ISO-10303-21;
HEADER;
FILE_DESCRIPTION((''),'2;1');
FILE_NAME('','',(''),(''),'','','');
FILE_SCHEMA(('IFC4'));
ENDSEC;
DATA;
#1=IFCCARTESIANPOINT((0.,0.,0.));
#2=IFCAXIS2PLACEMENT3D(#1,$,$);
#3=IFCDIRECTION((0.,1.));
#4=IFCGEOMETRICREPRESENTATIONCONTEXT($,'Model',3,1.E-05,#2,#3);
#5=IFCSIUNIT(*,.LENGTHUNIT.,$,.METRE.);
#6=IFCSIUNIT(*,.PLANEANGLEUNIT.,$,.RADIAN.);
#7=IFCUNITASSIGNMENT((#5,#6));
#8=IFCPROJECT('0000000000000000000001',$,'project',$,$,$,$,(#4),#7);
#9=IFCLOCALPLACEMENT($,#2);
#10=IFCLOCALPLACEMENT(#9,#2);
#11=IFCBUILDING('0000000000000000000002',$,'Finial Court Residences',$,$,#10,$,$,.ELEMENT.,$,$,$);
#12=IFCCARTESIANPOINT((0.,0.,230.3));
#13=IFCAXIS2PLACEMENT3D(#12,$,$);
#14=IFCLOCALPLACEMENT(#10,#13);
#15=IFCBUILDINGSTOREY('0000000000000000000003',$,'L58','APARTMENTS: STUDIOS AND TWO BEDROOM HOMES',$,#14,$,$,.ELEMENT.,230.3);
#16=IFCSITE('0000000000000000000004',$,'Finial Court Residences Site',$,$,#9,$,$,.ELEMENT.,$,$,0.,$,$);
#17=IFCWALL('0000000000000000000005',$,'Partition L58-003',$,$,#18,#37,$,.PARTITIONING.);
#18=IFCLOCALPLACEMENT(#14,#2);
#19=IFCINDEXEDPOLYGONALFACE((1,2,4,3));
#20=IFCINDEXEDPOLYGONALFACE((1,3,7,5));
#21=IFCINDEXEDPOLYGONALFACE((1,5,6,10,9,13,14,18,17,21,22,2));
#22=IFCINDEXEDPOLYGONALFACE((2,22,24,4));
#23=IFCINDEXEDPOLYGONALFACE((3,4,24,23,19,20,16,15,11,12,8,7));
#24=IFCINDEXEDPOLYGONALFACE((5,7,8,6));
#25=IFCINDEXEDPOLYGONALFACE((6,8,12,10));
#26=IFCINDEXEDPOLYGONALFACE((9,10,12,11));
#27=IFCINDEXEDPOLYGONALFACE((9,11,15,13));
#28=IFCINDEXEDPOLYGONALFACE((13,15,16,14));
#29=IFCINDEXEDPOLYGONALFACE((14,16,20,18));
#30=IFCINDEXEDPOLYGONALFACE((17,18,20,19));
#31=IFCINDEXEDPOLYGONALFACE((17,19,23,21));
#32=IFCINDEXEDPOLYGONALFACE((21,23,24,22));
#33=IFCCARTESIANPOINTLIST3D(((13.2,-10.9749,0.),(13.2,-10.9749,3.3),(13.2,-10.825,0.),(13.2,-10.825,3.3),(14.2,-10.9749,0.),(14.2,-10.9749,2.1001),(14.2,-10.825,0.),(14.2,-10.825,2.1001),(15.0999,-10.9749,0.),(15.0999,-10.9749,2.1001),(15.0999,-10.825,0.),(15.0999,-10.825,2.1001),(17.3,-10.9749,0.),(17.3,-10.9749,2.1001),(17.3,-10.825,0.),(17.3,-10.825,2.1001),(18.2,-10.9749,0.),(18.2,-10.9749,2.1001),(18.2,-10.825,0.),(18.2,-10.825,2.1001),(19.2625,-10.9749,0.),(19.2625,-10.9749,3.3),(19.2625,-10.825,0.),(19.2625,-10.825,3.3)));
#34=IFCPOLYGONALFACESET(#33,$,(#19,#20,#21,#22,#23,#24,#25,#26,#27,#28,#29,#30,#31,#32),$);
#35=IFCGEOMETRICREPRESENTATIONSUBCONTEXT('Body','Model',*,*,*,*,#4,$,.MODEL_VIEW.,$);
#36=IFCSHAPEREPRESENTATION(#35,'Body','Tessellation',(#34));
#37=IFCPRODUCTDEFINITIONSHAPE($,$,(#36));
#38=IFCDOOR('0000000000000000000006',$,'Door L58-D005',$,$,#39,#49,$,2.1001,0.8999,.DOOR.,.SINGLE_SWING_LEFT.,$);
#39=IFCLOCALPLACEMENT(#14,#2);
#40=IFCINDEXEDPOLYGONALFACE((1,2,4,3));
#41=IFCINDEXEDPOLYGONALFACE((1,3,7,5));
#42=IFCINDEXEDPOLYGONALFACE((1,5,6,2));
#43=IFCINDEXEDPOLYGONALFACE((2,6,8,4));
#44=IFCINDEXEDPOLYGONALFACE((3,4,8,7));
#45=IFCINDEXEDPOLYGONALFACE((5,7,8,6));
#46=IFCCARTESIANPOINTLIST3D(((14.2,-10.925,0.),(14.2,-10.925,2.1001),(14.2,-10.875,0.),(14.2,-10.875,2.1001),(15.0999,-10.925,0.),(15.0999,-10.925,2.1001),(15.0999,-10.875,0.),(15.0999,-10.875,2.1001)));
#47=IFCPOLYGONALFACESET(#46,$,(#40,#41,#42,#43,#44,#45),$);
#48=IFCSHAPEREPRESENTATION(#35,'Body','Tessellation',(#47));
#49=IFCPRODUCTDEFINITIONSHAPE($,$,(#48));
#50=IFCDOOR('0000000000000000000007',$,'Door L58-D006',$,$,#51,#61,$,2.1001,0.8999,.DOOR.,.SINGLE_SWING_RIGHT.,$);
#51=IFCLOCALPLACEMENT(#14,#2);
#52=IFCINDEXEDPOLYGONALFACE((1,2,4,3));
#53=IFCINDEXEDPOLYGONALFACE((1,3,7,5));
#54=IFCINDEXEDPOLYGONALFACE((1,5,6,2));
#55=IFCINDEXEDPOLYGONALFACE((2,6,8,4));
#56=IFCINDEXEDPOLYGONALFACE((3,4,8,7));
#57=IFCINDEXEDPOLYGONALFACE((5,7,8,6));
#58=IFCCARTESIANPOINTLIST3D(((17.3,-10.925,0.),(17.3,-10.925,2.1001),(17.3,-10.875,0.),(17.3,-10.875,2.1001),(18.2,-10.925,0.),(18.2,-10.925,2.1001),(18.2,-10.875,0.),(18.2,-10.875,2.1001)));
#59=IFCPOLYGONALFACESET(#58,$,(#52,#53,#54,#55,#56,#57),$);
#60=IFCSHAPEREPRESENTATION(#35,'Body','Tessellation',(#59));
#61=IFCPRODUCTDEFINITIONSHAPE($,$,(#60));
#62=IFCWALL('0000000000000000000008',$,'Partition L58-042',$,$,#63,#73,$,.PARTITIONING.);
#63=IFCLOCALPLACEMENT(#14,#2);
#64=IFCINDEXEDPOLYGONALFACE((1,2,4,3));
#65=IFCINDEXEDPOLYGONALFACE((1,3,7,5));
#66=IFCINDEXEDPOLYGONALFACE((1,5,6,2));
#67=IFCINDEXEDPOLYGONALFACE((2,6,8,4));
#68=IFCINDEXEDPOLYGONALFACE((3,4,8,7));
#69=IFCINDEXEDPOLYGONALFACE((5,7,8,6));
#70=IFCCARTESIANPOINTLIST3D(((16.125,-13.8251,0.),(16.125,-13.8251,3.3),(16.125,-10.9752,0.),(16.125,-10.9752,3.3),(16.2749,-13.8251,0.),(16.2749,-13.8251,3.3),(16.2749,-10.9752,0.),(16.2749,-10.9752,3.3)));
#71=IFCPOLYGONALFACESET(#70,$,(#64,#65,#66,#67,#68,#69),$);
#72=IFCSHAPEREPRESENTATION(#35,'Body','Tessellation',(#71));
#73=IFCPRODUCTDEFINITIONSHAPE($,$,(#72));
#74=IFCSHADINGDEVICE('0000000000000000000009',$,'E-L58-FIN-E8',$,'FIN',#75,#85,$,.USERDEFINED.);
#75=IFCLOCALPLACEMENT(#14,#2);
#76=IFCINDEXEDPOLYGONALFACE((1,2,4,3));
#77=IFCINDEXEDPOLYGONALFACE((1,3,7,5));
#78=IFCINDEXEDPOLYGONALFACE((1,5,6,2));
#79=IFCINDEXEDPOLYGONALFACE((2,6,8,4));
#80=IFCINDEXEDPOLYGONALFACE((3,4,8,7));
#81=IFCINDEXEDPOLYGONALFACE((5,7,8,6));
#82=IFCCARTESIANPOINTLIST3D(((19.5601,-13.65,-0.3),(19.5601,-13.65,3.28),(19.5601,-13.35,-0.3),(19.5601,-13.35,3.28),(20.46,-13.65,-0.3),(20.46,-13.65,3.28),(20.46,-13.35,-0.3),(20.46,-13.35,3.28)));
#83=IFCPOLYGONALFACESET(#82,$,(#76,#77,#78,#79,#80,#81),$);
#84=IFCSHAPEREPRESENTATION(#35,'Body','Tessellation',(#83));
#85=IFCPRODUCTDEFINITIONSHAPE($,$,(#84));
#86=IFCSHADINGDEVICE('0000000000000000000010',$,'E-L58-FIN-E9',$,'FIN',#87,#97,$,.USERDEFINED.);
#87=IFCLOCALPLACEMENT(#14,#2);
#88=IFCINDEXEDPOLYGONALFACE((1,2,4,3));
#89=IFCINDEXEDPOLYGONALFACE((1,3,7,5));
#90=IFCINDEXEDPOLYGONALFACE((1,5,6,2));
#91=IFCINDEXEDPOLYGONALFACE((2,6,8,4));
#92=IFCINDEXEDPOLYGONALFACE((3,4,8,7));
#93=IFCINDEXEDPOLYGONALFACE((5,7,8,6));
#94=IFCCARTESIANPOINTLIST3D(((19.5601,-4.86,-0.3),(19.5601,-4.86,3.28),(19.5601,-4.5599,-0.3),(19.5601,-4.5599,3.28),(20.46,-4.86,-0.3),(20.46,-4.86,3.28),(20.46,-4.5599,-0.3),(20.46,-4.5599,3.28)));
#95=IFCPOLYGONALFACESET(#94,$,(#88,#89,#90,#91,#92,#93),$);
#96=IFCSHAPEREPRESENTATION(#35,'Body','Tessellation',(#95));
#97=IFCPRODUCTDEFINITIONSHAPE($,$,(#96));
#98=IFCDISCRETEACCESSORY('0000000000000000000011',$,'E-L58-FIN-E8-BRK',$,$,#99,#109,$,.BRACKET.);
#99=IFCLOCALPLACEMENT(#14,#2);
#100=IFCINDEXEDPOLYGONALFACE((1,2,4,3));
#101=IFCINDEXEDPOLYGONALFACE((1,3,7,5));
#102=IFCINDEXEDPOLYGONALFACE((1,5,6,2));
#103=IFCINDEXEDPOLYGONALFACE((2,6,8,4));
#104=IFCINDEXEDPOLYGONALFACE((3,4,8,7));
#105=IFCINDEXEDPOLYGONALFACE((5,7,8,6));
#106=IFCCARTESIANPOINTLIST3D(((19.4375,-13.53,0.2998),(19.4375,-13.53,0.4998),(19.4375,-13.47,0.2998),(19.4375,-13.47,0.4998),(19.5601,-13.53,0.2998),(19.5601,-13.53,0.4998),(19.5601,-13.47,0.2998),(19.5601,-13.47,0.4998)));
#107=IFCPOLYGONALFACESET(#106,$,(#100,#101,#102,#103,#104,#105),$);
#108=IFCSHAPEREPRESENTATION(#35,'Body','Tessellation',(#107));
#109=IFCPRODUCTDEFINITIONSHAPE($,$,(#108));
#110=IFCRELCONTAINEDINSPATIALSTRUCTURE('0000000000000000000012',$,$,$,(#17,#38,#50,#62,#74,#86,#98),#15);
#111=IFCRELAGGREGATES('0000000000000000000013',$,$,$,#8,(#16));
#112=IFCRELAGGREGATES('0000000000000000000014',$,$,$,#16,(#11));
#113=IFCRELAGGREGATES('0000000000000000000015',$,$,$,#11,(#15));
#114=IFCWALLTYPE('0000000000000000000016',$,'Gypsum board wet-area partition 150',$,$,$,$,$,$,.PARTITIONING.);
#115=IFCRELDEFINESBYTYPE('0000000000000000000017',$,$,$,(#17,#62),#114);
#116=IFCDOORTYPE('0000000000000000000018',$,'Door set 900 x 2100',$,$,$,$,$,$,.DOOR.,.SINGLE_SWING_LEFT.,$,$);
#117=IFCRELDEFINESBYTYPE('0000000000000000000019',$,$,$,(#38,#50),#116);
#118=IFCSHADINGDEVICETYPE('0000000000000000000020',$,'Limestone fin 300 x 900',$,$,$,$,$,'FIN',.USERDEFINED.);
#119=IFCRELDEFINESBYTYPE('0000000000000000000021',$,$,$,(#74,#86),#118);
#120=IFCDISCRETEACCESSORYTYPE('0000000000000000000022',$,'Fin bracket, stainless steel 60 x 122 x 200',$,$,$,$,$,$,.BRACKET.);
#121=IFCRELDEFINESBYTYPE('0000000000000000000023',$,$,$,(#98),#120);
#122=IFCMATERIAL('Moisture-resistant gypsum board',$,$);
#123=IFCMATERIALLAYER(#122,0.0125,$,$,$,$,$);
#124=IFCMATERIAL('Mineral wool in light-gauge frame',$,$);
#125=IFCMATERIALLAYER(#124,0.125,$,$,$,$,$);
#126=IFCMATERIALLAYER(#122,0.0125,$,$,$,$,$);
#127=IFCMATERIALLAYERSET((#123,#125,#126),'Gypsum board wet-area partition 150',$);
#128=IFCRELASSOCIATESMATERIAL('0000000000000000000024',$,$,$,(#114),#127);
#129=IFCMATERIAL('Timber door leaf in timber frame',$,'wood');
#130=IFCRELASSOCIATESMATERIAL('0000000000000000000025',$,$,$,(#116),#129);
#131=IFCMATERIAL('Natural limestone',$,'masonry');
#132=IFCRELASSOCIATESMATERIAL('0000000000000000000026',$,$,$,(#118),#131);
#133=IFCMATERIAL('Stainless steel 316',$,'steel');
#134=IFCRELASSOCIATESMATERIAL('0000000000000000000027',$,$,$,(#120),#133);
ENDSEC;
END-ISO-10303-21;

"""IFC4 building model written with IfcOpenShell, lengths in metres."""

from ifc_helpers import new_model, si_unit, direction, frame, frame_2d, origin, origin_2d, place, context, subcontext, project, spatial, rectangle, extrude, material, layer, layer_set, type_object, element, fill, save


model = new_model("IFC4")

# Units and contexts
model_context = context("Model", 3, precision=1e-05, world=origin(), true_north=direction((0.0, 1.0)))
body_context = subcontext(model_context, "Body", "Model", "MODEL_VIEW")
ifc_project = project(units=[si_unit("LENGTHUNIT", "METRE"), si_unit("PLANEANGLEUNIT", "RADIAN")], contexts=[model_context])

# Site, building, storey
site_placement = place(None, origin())
site = spatial("IfcSite", under=ifc_project, at=site_placement, Name="Finial Court Residences Site", CompositionType="ELEMENT", RefElevation=0.0)
building_placement = place(site_placement, origin())
building = spatial("IfcBuilding", under=site, at=building_placement, Name="Finial Court Residences", CompositionType="ELEMENT")
storey_placement = place(building_placement, frame((0.0, 0.0, 230.3)))
storey = spatial("IfcBuildingStorey", under=building, at=storey_placement, Name="L58", Description="APARTMENTS: STUDIOS AND TWO BEDROOM HOMES", CompositionType="ELEMENT", Elevation=230.3)

# Wall, openings, doors
ifc_material_1 = material(Name="Moisture-resistant gypsum board")
ifc_layer_1 = layer(ifc_material_1, 0.0125)
ifc_material_2 = material(Name="Mineral wool in light-gauge frame")
ifc_layer_2 = layer(ifc_material_2, 0.125)
ifc_layer_3 = layer(ifc_material_1, 0.0125)
ifc_layer_set_1 = layer_set([ifc_layer_1, ifc_layer_2, ifc_layer_3], Name="Gypsum board wet-area partition 150")
wall_type_1 = type_object("IfcWallType", Name="Gypsum board wet-area partition 150", PredefinedType="PARTITIONING", material=ifc_layer_set_1)
wall_1_placement = place(storey_placement, frame((13.2, -10.8999, 0.0), z_axis=(0.0, 0.0, 1.0), x_axis=(1.0, 0.0, 0.0)))
wall_1 = element("IfcWall", 1, at=wall_1_placement, inside=storey, type_object=wall_type_1, Name="Partition L58-003", PredefinedType="PARTITIONING", context=body_context, shape_type="SweptSolid", body=[
    extrude(rectangle(XDim=6.0625, YDim=0.1499, at=frame_2d((3.0312, 0.0))), origin(), (0.0, 0.0, 1.0), 3.3),
])
opening_1_placement = place(wall_1_placement, frame((1.0, 0.0, 0.0)))
opening_1 = element("IfcOpeningElement", 2, at=opening_1_placement, cuts=wall_1, PredefinedType="OPENING", context=body_context, shape_type="SweptSolid", body=[
    extrude(rectangle(XDim=0.8999, YDim=2.1001, at=frame_2d((0.45, 1.05))), frame((0.0, 0.085, 0.0), z_axis=(0.0, -1.0, 0.0), x_axis=(1.0, 0.0, 0.0)), (0.0, 0.0, 1.0), 0.1699),
])
opening_2_placement = place(wall_1_placement, frame((4.1001, 0.0, 0.0)))
opening_2 = element("IfcOpeningElement", 3, at=opening_2_placement, cuts=wall_1, PredefinedType="OPENING", context=body_context, shape_type="SweptSolid", body=[
    extrude(rectangle(XDim=0.8999, YDim=2.1001, at=frame_2d((0.45, 1.05))), frame((0.0, 0.085, 0.0), z_axis=(0.0, -1.0, 0.0), x_axis=(1.0, 0.0, 0.0)), (0.0, 0.0, 1.0), 0.1699),
])
ifc_material_3 = material(Name="Timber door leaf in timber frame", Category="wood")
door_type_1 = type_object("IfcDoorType", Name="Door set 900 x 2100", OperationType="SINGLE_SWING_LEFT", PredefinedType="DOOR", material=ifc_material_3)
door_1_placement = place(opening_1_placement, origin())
door_1 = element("IfcDoor", 4, at=door_1_placement, inside=storey, type_object=door_type_1, Name="Door L58-D005", OperationType="SINGLE_SWING_LEFT", OverallHeight=2.1001, OverallWidth=0.8999, PredefinedType="DOOR", context=body_context, shape_type="SweptSolid", body=[
    extrude(rectangle(XDim=0.8999, YDim=2.1001, at=frame_2d((0.45, 1.05))), frame((0.0, 0.0249, 0.0), z_axis=(0.0, -1.0, 0.0), x_axis=(1.0, 0.0, 0.0)), (0.0, 0.0, 1.0), 0.05),
])
fill(opening_1, door_1)
door_2_placement = place(opening_2_placement, origin())
door_2 = element("IfcDoor", 5, at=door_2_placement, inside=storey, type_object=door_type_1, Name="Door L58-D006", OperationType="SINGLE_SWING_RIGHT", OverallHeight=2.1001, OverallWidth=0.8999, PredefinedType="DOOR", context=body_context, shape_type="SweptSolid", body=[
    extrude(rectangle(XDim=0.8999, YDim=2.1001, at=frame_2d((0.45, 1.05))), frame((0.0, 0.0249, 0.0), z_axis=(0.0, -1.0, 0.0), x_axis=(1.0, 0.0, 0.0)), (0.0, 0.0, 1.0), 0.05),
])
fill(opening_2, door_2)

# Wall
wall_2_placement = place(storey_placement, frame((16.2, -13.825, 0.0), z_axis=(0.0, 0.0, 1.0), x_axis=(0.0, 1.0, 0.0)))
element("IfcWall", 6, at=wall_2_placement, inside=storey, type_object=wall_type_1, Name="Partition L58-042", PredefinedType="PARTITIONING", context=body_context, shape_type="SweptSolid", body=[
    extrude(rectangle(XDim=2.8499, YDim=0.1499, at=frame_2d((1.4248, 0.0))), origin(), (0.0, 0.0, 1.0), 3.3),
])

# Shading devices
ifc_material_4 = material(Name="Natural limestone", Category="masonry")
shading_device_type = type_object("IfcShadingDeviceType", Name="Limestone fin 300 x 900", ElementType="FIN", PredefinedType="USERDEFINED", material=ifc_material_4)
for number, where, z_axis, x_axis, name in (
    (7, (20.01, -13.5, -0.3), (0.0, 0.0, 1.0), (1.0, 0.0, 0.0), "E-L58-FIN-E8"),
    (8, (20.01, -4.71, -0.3), (0.0, 0.0, 1.0), (1.0, 0.0, 0.0), "E-L58-FIN-E9"),
):
    element("IfcShadingDevice", number, at=place(storey_placement, frame(where, z_axis=z_axis, x_axis=x_axis)), inside=storey, type_object=shading_device_type, Name=name, ObjectType="FIN", PredefinedType="USERDEFINED", context=body_context, shape_type="SweptSolid", body=[
        extrude(rectangle(XDim=0.8999, YDim=0.3, at=origin_2d()), origin(), (0.0, 0.0, 1.0), 3.5801),
    ])

# Discrete accessory
ifc_material_5 = material(Name="Stainless steel 316", Category="steel")
discrete_accessory_type = type_object("IfcDiscreteAccessoryType", Name="Fin bracket, stainless steel 60 x 122 x 200", PredefinedType="BRACKET", material=ifc_material_5)
discrete_accessory_placement = place(storey_placement, frame((19.4988, -13.5, 0.2998), z_axis=(0.0, 0.0, 1.0), x_axis=(1.0, 0.0, 0.0)))
element("IfcDiscreteAccessory", 9, at=discrete_accessory_placement, inside=storey, type_object=discrete_accessory_type, Name="E-L58-FIN-E8-BRK", PredefinedType="BRACKET", context=body_context, shape_type="SweptSolid", body=[
    extrude(rectangle(XDim=0.1226, YDim=0.0601, at=origin_2d()), origin(), (0.0, 0.0, 1.0), 0.2),
])

save(model, "model.ifc")
